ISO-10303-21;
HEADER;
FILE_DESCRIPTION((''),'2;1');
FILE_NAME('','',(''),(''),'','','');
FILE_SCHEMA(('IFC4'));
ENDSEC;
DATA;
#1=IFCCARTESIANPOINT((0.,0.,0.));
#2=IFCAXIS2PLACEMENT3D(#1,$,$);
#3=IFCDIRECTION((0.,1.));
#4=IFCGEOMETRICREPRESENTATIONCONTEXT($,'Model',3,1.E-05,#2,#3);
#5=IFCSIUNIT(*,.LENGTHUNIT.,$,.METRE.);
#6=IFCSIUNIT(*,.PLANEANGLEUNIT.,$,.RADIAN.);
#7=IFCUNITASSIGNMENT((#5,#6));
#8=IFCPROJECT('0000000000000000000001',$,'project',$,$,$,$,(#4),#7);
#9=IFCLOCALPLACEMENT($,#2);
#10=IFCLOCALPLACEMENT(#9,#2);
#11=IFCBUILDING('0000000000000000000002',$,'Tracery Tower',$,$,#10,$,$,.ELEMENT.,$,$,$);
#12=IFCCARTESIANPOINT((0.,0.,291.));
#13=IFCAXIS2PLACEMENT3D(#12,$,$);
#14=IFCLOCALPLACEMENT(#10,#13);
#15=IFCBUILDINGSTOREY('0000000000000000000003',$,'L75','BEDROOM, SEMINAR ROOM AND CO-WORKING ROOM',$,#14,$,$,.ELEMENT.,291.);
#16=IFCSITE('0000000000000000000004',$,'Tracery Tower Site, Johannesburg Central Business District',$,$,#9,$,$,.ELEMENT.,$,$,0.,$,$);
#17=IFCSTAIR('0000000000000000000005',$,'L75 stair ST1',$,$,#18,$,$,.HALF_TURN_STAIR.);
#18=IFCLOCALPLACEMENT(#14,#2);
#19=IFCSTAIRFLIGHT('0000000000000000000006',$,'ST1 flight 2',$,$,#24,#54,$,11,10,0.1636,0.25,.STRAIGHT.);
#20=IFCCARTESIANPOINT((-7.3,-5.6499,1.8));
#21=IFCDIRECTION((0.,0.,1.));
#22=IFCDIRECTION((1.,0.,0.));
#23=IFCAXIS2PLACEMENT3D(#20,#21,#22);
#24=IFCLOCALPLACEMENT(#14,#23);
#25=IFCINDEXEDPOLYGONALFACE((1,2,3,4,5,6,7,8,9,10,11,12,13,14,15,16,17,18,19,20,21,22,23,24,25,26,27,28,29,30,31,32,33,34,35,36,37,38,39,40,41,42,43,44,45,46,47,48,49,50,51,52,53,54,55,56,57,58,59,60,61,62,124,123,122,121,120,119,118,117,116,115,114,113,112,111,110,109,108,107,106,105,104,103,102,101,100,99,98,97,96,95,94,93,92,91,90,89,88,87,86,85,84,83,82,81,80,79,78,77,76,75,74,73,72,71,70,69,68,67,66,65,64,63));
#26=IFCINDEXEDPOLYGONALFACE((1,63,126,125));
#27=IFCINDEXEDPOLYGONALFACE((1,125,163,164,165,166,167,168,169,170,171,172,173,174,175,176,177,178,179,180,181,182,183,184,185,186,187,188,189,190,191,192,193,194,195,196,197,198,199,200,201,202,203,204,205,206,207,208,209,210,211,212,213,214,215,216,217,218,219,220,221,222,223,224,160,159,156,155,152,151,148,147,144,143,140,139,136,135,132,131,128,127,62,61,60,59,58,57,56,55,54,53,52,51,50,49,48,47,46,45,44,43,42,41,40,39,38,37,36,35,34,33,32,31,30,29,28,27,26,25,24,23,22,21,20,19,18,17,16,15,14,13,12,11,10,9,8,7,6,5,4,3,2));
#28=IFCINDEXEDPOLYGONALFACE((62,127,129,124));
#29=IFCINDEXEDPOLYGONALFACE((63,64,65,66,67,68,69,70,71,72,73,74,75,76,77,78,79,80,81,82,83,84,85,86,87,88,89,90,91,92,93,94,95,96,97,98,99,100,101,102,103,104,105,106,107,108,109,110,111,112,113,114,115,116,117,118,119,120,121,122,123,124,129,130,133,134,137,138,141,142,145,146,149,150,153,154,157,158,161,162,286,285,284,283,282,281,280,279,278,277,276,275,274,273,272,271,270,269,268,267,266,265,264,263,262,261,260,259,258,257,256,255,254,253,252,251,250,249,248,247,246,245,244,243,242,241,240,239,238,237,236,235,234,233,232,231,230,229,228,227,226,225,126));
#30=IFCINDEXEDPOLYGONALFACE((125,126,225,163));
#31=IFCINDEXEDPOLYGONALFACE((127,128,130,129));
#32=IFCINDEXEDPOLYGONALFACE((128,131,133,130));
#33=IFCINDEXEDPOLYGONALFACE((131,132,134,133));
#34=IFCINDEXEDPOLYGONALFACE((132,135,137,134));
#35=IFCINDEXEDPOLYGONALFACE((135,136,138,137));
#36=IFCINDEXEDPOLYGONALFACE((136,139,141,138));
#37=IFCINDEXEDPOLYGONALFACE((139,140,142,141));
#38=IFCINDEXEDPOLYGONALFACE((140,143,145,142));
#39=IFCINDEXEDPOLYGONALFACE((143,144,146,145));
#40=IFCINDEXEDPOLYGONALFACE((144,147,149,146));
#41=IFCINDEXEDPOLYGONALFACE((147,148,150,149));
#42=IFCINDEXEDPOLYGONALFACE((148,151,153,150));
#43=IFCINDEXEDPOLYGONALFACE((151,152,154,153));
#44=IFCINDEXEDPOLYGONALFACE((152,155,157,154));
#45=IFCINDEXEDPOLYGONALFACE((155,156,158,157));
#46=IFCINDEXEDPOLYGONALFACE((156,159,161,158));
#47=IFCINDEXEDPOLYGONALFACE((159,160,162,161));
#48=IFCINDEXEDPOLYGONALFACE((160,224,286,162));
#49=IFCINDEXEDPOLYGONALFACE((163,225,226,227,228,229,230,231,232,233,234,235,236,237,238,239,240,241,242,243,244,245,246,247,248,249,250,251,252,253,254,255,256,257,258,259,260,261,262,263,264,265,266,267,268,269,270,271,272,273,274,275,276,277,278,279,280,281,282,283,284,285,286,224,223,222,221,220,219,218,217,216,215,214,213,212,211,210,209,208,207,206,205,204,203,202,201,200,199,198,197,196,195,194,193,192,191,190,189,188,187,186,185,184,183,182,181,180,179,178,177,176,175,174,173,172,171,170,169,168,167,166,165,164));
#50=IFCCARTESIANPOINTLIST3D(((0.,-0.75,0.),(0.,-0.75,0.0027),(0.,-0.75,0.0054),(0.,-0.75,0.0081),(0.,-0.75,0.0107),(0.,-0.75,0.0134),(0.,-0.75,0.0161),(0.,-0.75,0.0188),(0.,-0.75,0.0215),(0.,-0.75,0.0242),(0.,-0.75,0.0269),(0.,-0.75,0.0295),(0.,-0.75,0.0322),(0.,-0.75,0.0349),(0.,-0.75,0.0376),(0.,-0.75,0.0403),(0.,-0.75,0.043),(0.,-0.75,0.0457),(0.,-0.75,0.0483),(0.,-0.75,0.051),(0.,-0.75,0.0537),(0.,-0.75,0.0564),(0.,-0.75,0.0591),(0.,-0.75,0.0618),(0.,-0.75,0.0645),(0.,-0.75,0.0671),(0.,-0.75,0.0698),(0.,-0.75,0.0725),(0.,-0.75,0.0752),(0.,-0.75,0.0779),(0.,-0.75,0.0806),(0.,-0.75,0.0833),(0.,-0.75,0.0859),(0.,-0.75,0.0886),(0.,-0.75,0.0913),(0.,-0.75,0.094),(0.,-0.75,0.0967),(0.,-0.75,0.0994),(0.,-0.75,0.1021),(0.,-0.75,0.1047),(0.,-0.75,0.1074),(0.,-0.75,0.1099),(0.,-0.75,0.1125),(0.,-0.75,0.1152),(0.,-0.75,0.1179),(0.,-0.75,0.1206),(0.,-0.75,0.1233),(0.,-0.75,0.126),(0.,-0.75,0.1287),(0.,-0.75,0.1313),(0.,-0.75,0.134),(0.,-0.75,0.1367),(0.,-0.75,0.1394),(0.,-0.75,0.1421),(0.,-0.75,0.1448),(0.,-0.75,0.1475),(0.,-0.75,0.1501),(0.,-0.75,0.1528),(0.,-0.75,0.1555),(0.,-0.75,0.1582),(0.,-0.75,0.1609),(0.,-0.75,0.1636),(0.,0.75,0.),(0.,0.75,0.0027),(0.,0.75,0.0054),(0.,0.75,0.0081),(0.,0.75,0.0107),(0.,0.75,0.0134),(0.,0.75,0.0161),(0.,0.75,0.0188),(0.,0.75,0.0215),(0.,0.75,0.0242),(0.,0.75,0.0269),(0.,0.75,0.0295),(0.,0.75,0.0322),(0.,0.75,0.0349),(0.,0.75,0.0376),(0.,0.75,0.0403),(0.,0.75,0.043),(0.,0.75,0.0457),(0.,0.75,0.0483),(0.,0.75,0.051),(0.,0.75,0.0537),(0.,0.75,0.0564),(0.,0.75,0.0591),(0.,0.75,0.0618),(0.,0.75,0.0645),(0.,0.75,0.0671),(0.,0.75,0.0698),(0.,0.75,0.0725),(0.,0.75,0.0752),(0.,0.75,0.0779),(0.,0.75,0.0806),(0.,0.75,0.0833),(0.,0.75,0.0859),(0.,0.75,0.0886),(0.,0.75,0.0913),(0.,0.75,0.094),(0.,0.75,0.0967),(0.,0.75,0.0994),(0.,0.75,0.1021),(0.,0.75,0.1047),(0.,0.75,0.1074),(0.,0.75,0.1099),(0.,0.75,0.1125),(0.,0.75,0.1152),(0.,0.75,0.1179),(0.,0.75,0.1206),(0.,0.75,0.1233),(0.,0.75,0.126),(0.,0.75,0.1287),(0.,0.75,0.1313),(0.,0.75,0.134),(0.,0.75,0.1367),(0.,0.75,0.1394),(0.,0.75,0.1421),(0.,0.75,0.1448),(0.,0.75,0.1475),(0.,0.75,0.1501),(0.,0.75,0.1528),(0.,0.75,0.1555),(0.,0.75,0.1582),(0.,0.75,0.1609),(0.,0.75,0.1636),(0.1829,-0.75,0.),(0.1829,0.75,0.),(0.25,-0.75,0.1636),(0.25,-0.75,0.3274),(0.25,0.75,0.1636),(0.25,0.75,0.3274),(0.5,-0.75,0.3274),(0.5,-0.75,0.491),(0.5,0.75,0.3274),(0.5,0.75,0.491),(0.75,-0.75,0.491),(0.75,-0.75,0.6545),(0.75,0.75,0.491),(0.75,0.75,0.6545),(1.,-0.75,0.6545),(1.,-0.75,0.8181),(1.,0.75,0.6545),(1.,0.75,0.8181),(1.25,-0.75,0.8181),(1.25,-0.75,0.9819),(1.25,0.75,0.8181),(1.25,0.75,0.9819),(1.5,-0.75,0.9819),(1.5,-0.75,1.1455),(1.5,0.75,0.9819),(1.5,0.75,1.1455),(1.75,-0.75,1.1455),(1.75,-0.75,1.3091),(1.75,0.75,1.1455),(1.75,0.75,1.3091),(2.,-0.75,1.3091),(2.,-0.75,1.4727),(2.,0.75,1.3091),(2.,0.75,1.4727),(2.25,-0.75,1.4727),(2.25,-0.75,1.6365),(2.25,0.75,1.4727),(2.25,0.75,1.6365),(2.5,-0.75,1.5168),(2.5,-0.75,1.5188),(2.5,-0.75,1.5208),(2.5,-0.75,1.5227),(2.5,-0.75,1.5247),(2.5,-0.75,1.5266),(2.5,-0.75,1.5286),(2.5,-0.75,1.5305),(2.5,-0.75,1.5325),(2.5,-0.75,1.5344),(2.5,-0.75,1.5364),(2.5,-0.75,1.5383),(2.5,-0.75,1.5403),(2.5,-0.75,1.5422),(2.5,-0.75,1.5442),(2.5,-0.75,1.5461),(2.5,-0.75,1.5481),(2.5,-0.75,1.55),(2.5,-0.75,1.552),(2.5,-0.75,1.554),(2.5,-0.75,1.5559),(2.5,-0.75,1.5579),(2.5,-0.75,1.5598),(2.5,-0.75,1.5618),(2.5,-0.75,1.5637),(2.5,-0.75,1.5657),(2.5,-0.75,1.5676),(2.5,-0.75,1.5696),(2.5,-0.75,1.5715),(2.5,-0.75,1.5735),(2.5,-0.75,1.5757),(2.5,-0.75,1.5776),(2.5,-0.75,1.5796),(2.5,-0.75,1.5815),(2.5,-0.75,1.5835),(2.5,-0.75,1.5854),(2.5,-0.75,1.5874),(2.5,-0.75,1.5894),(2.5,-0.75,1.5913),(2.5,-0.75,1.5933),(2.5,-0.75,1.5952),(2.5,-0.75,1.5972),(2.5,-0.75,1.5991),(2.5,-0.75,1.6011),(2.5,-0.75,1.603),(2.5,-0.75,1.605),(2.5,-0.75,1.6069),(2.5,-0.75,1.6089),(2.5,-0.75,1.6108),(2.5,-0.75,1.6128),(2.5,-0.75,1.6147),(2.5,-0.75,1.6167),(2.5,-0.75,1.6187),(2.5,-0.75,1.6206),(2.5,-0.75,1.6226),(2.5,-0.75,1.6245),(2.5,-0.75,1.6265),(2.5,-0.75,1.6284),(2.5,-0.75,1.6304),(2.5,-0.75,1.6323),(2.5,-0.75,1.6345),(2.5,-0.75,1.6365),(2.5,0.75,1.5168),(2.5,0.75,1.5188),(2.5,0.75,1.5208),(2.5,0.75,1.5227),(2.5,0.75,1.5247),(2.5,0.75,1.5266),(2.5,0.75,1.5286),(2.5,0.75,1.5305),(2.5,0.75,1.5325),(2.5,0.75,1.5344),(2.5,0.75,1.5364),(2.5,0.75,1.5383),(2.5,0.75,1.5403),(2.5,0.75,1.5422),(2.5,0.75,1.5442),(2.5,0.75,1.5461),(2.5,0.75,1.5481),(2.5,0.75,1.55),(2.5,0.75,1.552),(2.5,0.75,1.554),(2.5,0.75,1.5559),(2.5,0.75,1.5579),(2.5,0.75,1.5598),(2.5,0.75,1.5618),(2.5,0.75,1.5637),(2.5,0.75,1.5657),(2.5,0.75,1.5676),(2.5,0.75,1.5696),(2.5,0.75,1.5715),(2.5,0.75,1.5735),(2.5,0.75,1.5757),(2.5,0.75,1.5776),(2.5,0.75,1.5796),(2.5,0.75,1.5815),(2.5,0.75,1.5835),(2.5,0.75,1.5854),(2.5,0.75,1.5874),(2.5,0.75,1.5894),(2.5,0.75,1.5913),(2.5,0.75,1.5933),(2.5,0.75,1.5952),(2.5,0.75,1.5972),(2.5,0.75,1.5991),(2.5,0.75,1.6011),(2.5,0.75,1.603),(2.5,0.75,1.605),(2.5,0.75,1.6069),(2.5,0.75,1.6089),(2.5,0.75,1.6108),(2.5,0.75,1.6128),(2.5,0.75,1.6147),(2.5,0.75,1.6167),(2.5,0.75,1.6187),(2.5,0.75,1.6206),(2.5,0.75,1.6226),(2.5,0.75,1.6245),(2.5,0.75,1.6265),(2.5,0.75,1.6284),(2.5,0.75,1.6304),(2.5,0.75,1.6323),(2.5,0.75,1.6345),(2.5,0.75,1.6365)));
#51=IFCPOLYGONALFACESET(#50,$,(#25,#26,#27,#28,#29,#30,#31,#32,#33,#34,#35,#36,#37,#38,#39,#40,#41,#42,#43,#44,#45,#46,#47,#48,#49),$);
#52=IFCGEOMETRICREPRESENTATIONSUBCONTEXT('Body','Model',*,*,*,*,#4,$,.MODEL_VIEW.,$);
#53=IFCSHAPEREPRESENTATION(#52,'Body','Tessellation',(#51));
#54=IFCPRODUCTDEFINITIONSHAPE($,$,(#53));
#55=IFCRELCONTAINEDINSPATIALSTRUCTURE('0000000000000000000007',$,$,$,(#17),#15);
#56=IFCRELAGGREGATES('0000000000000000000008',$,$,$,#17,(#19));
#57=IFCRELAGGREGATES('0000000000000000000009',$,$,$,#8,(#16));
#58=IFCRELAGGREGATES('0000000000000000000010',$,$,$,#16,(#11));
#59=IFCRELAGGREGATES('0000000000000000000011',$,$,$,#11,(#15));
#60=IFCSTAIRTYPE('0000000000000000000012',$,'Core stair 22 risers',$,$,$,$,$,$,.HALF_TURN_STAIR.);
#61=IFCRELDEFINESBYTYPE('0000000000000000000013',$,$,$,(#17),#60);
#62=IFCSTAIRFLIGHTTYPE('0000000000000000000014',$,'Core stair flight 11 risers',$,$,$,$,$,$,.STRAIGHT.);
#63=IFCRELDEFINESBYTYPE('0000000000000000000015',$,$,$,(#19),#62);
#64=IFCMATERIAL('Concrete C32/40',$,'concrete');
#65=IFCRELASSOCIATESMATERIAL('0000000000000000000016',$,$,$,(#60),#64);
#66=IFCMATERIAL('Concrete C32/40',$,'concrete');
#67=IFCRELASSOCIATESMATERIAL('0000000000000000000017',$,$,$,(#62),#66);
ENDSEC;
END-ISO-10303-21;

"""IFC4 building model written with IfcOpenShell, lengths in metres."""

from ifc_helpers import new_model, si_unit, direction, frame, origin, place, context, subcontext, project, spatial, polyline, outline, extrude, material, type_object, element, aggregate, save


model = new_model("IFC4")

# Units and contexts
model_context = context("Model", 3, precision=1e-05, world=origin(), true_north=direction((0.0, 1.0)))
body_context = subcontext(model_context, "Body", "Model", "MODEL_VIEW")
ifc_project = project(units=[si_unit("LENGTHUNIT", "METRE"), si_unit("PLANEANGLEUNIT", "RADIAN")], contexts=[model_context])

# Site, building, storey
site_placement = place(None, origin())
site = spatial("IfcSite", under=ifc_project, at=site_placement, Name="Tracery Tower Site, Johannesburg Central Business District", CompositionType="ELEMENT", RefElevation=0.0)
building_placement = place(site_placement, origin())
building = spatial("IfcBuilding", under=site, at=building_placement, Name="Tracery Tower", CompositionType="ELEMENT")
storey_placement = place(building_placement, frame((0.0, 0.0, 291.0)))
storey = spatial("IfcBuildingStorey", under=building, at=storey_placement, Name="L75", Description="BEDROOM, SEMINAR ROOM AND CO-WORKING ROOM", CompositionType="ELEMENT", Elevation=291.0)

# Stair, stair flight
ifc_material_1 = material(Name="Concrete C32/40", Category="concrete")
stair_type = type_object("IfcStairType", Name="Core stair 22 risers", PredefinedType="HALF_TURN_STAIR", material=ifc_material_1)
stair_placement = place(storey_placement, origin())
stair = element("IfcStair", 1, at=stair_placement, inside=storey, type_object=stair_type, Name="L75 stair ST1", PredefinedType="HALF_TURN_STAIR")
ifc_material_2 = material(Name="Concrete C32/40", Category="concrete")
stair_flight_type = type_object("IfcStairFlightType", Name="Core stair flight 11 risers", PredefinedType="STRAIGHT", material=ifc_material_2)
stair_flight_1_placement = place(storey_placement, frame((-7.3, -5.6499, 1.8), z_axis=(0.0, 0.0, 1.0), x_axis=(1.0, 0.0, 0.0)))
stair_flight_1 = element("IfcStairFlight", 2, at=stair_flight_1_placement, type_object=stair_flight_type, Name="ST1 flight 2", NumberOfRisers=11, NumberOfTreads=10, PredefinedType="STRAIGHT", RiserHeight=0.1636, TreadLength=0.25, context=body_context, shape_type="SweptSolid", body=[
    extrude(outline(polyline([(0.0, 0.0), (0.0, 0.0027), (0.0, 0.0054), (0.0, 0.0081), (0.0, 0.0107), (0.0, 0.0134), (0.0, 0.0161), (0.0, 0.0188), (0.0, 0.0215), (0.0, 0.0242), (0.0, 0.0269), (0.0, 0.0295), (0.0, 0.0322), (0.0, 0.0349), (0.0, 0.0376), (0.0, 0.0403), (0.0, 0.043), (0.0, 0.0457), (0.0, 0.0483), (0.0, 0.051), (0.0, 0.0537), (0.0, 0.0564), (0.0, 0.0591), (0.0, 0.0618), (0.0, 0.0645), (0.0, 0.0671), (0.0, 0.0698), (0.0, 0.0725), (0.0, 0.0752), (0.0, 0.0779), (0.0, 0.0806), (0.0, 0.0833), (0.0, 0.0859), (0.0, 0.0886), (0.0, 0.0913), (0.0, 0.094), (0.0, 0.0967), (0.0, 0.0994), (0.0, 0.1021), (0.0, 0.1047), (0.0, 0.1074), (0.0, 0.1099), (0.0, 0.1125), (0.0, 0.1152), (0.0, 0.1179), (0.0, 0.1206), (0.0, 0.1233), (0.0, 0.126), (0.0, 0.1287), (0.0, 0.1313), (0.0, 0.134), (0.0, 0.1367), (0.0, 0.1394), (0.0, 0.1421), (0.0, 0.1448), (0.0, 0.1475), (0.0, 0.1501), (0.0, 0.1528), (0.0, 0.1555), (0.0, 0.1582), (0.0, 0.1609), (0.0, 0.1636), (0.25, 0.1636), (0.25, 0.3274), (0.5, 0.3274), (0.5, 0.491), (0.75, 0.491), (0.75, 0.6545), (1.0, 0.6545), (1.0, 0.8181), (1.25, 0.8181), (1.25, 0.9819), (1.5, 0.9819), (1.5, 1.1455), (1.75, 1.1455), (1.75, 1.3091), (2.0, 1.3091), (2.0, 1.4727), (2.25, 1.4727), (2.25, 1.6365), (2.5, 1.6365), (2.5, 1.6345), (2.5, 1.6323), (2.5, 1.6304), (2.5, 1.6284), (2.5, 1.6265), (2.5, 1.6245), (2.5, 1.6226), (2.5, 1.6206), (2.5, 1.6187), (2.5, 1.6167), (2.5, 1.6147), (2.5, 1.6128), (2.5, 1.6108), (2.5, 1.6089), (2.5, 1.6069), (2.5, 1.605), (2.5, 1.603), (2.5, 1.6011), (2.5, 1.5991), (2.5, 1.5972), (2.5, 1.5952), (2.5, 1.5933), (2.5, 1.5913), (2.5, 1.5894), (2.5, 1.5874), (2.5, 1.5854), (2.5, 1.5835), (2.5, 1.5815), (2.5, 1.5796), (2.5, 1.5776), (2.5, 1.5757), (2.5, 1.5735), (2.5, 1.5715), (2.5, 1.5696), (2.5, 1.5676), (2.5, 1.5657), (2.5, 1.5637), (2.5, 1.5618), (2.5, 1.5598), (2.5, 1.5579), (2.5, 1.5559), (2.5, 1.554), (2.5, 1.552), (2.5, 1.55), (2.5, 1.5481), (2.5, 1.5461), (2.5, 1.5442), (2.5, 1.5422), (2.5, 1.5403), (2.5, 1.5383), (2.5, 1.5364), (2.5, 1.5344), (2.5, 1.5325), (2.5, 1.5305), (2.5, 1.5286), (2.5, 1.5266), (2.5, 1.5247), (2.5, 1.5227), (2.5, 1.5208), (2.5, 1.5188), (2.5, 1.5168), (0.1829, 0.0), (0.0, 0.0)])), frame((0.0, 0.75, 0.0), z_axis=(0.0, -1.0, 0.0), x_axis=(1.0, 0.0, 0.0)), (0.0, 0.0, 1.0), 1.5),
])
aggregate(stair, [stair_flight_1])

save(model, "model.ifc")
